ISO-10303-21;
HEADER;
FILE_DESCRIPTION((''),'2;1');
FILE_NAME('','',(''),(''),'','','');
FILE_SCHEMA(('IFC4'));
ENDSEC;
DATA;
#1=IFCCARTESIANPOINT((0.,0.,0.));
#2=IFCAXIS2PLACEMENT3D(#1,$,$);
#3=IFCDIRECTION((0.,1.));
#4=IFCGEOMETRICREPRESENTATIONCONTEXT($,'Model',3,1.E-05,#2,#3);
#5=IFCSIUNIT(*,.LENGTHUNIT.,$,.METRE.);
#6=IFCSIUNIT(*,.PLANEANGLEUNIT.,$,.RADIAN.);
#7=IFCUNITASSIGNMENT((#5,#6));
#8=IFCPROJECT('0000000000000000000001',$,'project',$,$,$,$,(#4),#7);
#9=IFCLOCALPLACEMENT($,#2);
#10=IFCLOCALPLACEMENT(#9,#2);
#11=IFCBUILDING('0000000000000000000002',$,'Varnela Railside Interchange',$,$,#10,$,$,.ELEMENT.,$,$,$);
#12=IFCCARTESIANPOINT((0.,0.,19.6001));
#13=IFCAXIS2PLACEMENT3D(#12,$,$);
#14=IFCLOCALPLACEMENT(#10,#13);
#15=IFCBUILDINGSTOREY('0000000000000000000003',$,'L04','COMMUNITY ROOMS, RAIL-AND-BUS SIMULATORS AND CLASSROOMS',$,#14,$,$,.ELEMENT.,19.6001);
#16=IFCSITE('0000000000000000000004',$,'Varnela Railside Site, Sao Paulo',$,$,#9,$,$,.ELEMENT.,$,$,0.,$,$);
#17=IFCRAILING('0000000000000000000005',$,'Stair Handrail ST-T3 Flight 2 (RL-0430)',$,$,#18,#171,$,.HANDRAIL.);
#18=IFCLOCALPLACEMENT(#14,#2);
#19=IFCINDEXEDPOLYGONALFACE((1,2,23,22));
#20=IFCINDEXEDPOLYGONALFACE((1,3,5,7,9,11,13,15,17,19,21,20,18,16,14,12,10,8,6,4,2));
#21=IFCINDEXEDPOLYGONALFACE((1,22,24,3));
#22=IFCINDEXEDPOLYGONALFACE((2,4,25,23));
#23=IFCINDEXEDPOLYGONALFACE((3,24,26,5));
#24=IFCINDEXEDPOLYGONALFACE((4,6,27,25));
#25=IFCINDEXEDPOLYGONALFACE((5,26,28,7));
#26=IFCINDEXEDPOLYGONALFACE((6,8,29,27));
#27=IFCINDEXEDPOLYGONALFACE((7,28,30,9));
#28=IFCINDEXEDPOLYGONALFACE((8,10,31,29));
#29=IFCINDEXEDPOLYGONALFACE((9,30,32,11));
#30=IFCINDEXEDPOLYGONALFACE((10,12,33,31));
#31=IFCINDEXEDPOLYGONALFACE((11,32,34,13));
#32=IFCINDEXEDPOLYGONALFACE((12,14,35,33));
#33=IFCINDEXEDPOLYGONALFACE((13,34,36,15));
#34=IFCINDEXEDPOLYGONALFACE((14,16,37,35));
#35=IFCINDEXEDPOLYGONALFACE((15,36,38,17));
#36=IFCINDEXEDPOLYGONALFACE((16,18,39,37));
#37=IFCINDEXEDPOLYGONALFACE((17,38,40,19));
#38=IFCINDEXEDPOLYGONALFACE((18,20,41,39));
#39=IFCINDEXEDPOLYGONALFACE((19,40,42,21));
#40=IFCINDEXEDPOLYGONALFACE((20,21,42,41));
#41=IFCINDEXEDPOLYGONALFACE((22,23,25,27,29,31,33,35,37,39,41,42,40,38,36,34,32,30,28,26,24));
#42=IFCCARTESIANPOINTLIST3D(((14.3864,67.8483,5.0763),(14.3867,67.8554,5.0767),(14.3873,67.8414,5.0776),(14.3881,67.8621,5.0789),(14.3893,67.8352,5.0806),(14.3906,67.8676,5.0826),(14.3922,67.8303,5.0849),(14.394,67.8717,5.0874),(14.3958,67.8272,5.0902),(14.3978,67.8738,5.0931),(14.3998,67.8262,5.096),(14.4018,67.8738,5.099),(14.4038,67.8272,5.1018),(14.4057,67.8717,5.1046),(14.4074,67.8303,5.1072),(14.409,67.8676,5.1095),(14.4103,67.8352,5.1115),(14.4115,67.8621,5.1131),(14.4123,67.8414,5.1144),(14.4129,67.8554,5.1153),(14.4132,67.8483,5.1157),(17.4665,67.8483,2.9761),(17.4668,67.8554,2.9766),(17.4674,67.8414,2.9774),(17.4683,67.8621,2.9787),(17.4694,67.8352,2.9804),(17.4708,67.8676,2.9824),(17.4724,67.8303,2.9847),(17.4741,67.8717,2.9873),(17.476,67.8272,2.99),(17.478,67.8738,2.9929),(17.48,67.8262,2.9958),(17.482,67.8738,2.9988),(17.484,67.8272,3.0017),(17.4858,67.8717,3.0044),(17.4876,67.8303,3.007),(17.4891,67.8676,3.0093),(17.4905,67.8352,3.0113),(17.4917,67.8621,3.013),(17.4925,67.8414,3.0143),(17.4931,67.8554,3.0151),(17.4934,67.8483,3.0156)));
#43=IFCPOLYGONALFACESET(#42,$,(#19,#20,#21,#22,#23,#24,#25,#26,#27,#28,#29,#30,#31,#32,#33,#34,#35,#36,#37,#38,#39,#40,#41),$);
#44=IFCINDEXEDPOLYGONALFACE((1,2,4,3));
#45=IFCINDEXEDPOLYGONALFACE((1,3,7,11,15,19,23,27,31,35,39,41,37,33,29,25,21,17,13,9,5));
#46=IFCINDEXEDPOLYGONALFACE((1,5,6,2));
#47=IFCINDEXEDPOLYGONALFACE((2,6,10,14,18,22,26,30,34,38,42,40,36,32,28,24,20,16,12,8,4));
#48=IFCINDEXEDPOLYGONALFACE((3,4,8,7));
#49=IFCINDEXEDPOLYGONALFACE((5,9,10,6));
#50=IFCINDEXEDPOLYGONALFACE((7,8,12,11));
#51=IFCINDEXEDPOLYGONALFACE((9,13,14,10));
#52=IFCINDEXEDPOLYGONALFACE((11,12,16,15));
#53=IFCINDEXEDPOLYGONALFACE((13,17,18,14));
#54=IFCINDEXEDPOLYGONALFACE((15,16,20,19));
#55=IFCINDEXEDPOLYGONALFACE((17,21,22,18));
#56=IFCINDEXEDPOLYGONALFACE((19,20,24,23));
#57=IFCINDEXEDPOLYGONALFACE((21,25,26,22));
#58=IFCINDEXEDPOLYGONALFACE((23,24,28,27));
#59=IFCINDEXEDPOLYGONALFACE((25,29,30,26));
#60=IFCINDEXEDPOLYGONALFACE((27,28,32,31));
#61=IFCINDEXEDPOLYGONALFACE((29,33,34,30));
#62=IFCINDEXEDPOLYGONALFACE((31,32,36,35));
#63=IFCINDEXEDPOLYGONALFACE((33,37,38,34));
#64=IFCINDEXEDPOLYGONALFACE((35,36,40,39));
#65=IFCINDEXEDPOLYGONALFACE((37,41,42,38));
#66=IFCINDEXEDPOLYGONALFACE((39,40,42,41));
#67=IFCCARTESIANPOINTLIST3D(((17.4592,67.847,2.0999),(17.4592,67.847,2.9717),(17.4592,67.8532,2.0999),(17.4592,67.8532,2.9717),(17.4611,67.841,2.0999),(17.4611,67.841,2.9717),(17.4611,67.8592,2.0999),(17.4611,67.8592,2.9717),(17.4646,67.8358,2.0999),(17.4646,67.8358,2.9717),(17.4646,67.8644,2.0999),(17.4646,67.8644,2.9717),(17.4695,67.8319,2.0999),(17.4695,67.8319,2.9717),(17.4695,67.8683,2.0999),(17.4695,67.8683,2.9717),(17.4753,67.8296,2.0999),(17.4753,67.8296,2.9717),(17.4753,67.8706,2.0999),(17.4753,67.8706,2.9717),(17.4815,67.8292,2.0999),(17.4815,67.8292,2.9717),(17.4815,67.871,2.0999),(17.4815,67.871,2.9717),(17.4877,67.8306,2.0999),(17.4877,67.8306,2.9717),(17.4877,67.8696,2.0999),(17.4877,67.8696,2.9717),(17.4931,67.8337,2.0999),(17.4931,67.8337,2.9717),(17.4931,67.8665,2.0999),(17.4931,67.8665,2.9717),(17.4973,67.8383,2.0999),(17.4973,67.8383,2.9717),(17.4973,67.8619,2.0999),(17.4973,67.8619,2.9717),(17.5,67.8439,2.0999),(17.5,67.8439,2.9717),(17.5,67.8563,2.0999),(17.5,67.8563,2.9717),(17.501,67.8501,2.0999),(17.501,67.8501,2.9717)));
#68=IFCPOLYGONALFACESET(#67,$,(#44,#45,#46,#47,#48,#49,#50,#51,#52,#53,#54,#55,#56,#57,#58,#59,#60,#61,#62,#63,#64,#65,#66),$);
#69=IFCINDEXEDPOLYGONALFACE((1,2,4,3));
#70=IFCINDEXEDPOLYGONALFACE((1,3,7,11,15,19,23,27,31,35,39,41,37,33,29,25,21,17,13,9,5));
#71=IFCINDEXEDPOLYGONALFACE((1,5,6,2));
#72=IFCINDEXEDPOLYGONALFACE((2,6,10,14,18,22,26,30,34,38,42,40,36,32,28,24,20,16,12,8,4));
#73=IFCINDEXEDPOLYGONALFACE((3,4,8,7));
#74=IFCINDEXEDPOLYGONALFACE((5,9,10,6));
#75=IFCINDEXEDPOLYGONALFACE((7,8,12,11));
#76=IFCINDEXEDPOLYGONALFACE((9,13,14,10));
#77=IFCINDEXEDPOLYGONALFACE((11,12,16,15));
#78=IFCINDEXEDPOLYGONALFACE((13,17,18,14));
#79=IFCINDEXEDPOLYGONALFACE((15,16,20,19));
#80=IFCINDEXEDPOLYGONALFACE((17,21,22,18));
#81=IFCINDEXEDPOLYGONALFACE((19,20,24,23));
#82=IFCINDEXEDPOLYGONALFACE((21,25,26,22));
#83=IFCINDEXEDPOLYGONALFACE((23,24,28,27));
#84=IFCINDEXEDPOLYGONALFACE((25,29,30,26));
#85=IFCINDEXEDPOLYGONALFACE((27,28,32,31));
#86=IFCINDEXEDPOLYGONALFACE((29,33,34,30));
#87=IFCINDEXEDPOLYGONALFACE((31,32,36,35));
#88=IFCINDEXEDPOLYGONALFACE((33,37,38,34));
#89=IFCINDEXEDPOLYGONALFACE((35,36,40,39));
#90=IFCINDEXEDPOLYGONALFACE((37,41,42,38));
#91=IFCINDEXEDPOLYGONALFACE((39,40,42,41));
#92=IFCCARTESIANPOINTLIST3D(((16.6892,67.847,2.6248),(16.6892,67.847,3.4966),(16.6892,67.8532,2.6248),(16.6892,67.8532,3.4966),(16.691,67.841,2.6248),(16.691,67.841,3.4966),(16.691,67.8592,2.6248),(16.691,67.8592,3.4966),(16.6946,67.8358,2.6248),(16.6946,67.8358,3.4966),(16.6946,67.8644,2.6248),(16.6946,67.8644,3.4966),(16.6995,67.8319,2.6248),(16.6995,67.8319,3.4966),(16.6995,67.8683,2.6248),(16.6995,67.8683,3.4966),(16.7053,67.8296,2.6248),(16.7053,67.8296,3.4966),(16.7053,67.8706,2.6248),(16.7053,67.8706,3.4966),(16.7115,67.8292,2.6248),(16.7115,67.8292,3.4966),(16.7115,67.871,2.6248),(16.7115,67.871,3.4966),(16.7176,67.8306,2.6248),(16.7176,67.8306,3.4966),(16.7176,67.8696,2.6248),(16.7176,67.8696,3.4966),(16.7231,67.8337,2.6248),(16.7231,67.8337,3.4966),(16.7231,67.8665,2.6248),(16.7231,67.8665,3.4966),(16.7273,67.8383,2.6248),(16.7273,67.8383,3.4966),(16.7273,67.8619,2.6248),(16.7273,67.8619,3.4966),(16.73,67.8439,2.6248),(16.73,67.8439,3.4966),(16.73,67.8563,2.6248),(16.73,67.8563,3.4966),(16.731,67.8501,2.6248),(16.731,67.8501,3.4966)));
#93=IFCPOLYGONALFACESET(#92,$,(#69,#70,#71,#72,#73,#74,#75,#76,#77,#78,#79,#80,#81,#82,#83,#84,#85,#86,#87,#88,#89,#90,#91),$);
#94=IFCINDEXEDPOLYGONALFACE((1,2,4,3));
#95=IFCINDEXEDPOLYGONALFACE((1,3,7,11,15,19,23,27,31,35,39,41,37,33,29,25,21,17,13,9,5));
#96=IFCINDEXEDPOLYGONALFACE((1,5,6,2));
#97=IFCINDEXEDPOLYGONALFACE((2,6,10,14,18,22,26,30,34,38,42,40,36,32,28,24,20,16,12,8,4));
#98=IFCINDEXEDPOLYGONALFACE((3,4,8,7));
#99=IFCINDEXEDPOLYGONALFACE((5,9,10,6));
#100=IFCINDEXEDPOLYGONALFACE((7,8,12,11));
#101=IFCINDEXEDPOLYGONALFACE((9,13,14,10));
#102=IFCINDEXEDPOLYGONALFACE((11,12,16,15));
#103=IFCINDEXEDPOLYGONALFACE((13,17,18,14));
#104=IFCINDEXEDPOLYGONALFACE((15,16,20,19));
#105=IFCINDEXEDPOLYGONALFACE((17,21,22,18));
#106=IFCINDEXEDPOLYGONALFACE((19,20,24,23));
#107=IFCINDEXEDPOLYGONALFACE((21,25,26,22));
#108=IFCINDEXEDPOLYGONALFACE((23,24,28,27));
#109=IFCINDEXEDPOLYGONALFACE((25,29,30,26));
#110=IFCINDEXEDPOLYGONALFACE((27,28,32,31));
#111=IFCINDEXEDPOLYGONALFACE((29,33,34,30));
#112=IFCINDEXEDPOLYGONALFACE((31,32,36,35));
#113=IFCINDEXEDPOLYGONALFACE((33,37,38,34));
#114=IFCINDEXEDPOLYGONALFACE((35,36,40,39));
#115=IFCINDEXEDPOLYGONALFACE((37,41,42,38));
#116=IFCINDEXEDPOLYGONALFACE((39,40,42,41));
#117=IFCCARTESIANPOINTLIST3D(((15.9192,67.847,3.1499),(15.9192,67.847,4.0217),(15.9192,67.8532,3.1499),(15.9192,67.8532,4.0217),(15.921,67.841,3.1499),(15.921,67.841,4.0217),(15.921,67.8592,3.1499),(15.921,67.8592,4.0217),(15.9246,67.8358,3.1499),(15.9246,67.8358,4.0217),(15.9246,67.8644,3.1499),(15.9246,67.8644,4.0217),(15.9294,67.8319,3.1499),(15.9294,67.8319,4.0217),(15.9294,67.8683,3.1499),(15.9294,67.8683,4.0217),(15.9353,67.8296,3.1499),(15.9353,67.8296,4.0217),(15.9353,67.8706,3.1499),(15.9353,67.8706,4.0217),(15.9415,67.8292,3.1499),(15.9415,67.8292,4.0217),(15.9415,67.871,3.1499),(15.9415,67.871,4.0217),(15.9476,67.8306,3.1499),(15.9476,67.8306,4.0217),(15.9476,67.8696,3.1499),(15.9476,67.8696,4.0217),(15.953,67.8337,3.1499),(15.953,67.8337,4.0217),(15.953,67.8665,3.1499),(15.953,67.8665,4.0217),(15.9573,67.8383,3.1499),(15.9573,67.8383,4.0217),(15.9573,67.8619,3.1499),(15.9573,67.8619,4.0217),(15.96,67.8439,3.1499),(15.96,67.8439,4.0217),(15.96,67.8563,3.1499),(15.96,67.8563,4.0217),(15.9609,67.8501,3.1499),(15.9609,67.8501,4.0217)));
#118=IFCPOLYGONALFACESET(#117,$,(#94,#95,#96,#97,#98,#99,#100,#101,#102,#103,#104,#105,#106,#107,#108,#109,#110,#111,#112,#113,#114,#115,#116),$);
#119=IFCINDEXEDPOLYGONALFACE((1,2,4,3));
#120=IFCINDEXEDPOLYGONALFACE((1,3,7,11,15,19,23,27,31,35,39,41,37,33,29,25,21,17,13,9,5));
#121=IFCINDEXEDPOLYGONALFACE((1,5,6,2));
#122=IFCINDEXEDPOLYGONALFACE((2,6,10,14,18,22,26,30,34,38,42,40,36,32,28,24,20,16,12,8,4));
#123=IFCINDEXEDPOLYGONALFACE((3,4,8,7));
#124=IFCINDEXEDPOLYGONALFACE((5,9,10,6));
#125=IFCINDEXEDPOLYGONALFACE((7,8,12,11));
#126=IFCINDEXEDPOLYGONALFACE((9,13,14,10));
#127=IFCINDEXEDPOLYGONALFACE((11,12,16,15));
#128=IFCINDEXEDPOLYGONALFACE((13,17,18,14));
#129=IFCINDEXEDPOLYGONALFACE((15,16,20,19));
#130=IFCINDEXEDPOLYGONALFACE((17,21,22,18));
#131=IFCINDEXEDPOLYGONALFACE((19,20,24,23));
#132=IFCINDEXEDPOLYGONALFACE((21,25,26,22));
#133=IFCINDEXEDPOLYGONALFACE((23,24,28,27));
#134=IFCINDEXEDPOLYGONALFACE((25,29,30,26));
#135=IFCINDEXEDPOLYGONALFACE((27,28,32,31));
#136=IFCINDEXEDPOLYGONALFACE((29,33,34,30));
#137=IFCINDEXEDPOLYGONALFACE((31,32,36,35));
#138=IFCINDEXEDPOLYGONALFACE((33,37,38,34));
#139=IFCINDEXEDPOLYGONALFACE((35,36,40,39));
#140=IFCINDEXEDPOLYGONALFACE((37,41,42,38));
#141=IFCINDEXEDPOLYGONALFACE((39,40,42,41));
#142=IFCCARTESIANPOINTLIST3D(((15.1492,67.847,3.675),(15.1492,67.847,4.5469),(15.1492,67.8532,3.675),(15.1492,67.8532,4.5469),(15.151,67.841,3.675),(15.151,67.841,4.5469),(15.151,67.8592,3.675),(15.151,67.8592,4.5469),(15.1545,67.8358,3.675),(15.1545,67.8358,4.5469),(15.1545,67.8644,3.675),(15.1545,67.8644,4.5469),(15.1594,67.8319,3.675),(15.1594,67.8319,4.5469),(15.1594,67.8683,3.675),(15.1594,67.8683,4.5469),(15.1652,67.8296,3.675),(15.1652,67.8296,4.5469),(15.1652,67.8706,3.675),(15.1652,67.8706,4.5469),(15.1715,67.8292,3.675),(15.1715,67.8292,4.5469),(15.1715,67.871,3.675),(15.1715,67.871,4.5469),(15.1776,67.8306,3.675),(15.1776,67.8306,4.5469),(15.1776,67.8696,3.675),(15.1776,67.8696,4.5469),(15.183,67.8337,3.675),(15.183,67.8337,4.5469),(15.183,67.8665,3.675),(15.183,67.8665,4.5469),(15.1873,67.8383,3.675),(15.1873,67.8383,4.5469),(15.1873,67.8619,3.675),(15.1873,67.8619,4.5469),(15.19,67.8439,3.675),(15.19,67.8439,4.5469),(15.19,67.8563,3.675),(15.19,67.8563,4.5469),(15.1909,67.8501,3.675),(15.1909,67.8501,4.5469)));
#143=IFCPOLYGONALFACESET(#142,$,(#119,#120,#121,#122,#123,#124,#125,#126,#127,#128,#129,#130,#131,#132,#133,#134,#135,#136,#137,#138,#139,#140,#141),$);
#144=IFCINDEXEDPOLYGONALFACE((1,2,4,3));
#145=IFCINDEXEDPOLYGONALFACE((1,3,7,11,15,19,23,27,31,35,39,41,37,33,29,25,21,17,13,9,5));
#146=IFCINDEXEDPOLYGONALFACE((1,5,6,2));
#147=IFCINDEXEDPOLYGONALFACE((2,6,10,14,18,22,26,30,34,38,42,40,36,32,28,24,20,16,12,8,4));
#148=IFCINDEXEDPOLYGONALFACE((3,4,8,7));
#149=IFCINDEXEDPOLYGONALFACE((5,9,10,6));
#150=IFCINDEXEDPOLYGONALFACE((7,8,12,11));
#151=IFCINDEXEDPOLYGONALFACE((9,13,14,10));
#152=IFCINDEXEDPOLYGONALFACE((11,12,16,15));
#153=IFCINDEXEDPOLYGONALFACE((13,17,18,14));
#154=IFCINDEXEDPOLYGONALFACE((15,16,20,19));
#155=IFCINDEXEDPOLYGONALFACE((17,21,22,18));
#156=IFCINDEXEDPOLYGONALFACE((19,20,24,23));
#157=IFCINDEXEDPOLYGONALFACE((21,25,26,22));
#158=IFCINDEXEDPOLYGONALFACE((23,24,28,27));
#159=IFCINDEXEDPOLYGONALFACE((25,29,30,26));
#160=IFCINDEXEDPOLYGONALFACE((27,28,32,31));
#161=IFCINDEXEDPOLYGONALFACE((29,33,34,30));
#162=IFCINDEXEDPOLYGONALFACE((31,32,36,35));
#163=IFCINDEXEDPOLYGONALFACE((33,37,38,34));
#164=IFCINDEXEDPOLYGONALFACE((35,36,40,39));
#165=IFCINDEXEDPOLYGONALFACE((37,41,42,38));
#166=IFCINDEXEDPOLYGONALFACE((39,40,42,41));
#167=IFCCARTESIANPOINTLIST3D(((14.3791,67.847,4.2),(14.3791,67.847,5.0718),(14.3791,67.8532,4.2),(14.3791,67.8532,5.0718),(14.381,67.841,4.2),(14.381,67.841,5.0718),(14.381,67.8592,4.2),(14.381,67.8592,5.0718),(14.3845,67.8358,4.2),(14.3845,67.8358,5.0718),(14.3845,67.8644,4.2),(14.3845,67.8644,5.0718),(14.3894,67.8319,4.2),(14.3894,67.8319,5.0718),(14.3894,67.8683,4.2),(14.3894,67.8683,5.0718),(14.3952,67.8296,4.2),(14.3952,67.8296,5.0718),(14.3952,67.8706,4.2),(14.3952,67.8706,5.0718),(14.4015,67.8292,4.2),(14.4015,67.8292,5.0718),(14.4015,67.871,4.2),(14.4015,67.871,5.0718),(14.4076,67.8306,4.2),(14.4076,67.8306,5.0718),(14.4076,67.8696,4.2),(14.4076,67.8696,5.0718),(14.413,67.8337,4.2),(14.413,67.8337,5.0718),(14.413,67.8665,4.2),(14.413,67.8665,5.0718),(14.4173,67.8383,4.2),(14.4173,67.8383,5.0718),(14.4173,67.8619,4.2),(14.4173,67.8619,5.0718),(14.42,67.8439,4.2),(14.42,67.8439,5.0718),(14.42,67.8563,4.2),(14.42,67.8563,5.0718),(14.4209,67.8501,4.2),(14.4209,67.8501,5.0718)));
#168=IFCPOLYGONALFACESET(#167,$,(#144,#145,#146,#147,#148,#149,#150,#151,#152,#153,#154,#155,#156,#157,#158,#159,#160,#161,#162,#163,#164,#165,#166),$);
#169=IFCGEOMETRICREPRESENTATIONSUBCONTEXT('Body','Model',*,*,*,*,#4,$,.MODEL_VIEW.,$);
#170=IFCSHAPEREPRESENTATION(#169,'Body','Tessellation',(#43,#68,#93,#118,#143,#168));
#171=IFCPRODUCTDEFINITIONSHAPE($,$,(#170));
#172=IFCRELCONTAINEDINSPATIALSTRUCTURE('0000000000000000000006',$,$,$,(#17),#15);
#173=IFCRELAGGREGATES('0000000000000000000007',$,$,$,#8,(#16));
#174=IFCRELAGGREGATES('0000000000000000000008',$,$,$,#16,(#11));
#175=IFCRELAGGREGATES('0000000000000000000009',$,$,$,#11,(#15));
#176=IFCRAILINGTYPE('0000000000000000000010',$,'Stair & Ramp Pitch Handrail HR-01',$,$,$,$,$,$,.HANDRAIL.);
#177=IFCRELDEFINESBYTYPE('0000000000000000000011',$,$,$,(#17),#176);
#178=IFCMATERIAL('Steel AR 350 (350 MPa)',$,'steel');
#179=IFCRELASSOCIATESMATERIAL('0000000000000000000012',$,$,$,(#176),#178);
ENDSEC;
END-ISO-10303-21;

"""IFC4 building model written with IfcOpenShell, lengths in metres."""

from ifc_helpers import new_model, si_unit, direction, frame, origin, origin_2d, place, context, subcontext, project, spatial, circle, extrude, material, type_object, element, save


model = new_model("IFC4")

# Units and contexts
model_context = context("Model", 3, precision=1e-05, world=origin(), true_north=direction((0.0, 1.0)))
body_context = subcontext(model_context, "Body", "Model", "MODEL_VIEW")
ifc_project = project(units=[si_unit("LENGTHUNIT", "METRE"), si_unit("PLANEANGLEUNIT", "RADIAN")], contexts=[model_context])

# Site, building, storey
site_placement = place(None, origin())
site = spatial("IfcSite", under=ifc_project, at=site_placement, Name="Varnela Railside Site, Sao Paulo", CompositionType="ELEMENT", RefElevation=0.0)
building_placement = place(site_placement, origin())
building = spatial("IfcBuilding", under=site, at=building_placement, Name="Varnela Railside Interchange", CompositionType="ELEMENT")
storey_placement = place(building_placement, frame((0.0, 0.0, 19.6001)))
storey = spatial("IfcBuildingStorey", under=building, at=storey_placement, Name="L04", Description="COMMUNITY ROOMS, RAIL-AND-BUS SIMULATORS AND CLASSROOMS", CompositionType="ELEMENT", Elevation=19.6001)

# Shared definitions
ifc_material_1 = material(Name="Steel AR 350 (350 MPa)", Category="steel")

# Railing
railing_type_1 = type_object("IfcRailingType", Name="Stair & Ramp Pitch Handrail HR-01", PredefinedType="HANDRAIL", material=ifc_material_1)
railing_1_placement = place(storey_placement, frame((17.48, 67.8501, 2.0999)))
element("IfcRailing", 1, at=railing_1_placement, inside=storey, type_object=railing_type_1, Name="Stair Handrail ST-T3 Flight 2 (RL-0430)", PredefinedType="HANDRAIL", context=body_context, shape_type="SweptSolid", body=[
    extrude(circle(Radius=0.0239, at=origin_2d()), frame((0.0, 0.0, 0.896), z_axis=(-0.826222, 0.0, 0.563345), x_axis=(0.0, -1.0, 0.0)), (0.0, 0.0, 1.0), 3.728),
    extrude(circle(Radius=0.021, at=origin_2d()), origin(), (0.0, 0.0, 1.0), 0.8718),
    extrude(circle(Radius=0.021, at=origin_2d()), frame((-0.77, 0.0, 0.5249)), (0.0, 0.0, 1.0), 0.8718),
    extrude(circle(Radius=0.021, at=origin_2d()), frame((-1.54, 0.0, 1.05)), (0.0, 0.0, 1.0), 0.8718),
    extrude(circle(Radius=0.021, at=origin_2d()), frame((-2.3101, 0.0, 1.5752)), (0.0, 0.0, 1.0), 0.8718),
    extrude(circle(Radius=0.021, at=origin_2d()), frame((-3.0801, 0.0, 2.1001)), (0.0, 0.0, 1.0), 0.8718),
])

save(model, "model.ifc")
